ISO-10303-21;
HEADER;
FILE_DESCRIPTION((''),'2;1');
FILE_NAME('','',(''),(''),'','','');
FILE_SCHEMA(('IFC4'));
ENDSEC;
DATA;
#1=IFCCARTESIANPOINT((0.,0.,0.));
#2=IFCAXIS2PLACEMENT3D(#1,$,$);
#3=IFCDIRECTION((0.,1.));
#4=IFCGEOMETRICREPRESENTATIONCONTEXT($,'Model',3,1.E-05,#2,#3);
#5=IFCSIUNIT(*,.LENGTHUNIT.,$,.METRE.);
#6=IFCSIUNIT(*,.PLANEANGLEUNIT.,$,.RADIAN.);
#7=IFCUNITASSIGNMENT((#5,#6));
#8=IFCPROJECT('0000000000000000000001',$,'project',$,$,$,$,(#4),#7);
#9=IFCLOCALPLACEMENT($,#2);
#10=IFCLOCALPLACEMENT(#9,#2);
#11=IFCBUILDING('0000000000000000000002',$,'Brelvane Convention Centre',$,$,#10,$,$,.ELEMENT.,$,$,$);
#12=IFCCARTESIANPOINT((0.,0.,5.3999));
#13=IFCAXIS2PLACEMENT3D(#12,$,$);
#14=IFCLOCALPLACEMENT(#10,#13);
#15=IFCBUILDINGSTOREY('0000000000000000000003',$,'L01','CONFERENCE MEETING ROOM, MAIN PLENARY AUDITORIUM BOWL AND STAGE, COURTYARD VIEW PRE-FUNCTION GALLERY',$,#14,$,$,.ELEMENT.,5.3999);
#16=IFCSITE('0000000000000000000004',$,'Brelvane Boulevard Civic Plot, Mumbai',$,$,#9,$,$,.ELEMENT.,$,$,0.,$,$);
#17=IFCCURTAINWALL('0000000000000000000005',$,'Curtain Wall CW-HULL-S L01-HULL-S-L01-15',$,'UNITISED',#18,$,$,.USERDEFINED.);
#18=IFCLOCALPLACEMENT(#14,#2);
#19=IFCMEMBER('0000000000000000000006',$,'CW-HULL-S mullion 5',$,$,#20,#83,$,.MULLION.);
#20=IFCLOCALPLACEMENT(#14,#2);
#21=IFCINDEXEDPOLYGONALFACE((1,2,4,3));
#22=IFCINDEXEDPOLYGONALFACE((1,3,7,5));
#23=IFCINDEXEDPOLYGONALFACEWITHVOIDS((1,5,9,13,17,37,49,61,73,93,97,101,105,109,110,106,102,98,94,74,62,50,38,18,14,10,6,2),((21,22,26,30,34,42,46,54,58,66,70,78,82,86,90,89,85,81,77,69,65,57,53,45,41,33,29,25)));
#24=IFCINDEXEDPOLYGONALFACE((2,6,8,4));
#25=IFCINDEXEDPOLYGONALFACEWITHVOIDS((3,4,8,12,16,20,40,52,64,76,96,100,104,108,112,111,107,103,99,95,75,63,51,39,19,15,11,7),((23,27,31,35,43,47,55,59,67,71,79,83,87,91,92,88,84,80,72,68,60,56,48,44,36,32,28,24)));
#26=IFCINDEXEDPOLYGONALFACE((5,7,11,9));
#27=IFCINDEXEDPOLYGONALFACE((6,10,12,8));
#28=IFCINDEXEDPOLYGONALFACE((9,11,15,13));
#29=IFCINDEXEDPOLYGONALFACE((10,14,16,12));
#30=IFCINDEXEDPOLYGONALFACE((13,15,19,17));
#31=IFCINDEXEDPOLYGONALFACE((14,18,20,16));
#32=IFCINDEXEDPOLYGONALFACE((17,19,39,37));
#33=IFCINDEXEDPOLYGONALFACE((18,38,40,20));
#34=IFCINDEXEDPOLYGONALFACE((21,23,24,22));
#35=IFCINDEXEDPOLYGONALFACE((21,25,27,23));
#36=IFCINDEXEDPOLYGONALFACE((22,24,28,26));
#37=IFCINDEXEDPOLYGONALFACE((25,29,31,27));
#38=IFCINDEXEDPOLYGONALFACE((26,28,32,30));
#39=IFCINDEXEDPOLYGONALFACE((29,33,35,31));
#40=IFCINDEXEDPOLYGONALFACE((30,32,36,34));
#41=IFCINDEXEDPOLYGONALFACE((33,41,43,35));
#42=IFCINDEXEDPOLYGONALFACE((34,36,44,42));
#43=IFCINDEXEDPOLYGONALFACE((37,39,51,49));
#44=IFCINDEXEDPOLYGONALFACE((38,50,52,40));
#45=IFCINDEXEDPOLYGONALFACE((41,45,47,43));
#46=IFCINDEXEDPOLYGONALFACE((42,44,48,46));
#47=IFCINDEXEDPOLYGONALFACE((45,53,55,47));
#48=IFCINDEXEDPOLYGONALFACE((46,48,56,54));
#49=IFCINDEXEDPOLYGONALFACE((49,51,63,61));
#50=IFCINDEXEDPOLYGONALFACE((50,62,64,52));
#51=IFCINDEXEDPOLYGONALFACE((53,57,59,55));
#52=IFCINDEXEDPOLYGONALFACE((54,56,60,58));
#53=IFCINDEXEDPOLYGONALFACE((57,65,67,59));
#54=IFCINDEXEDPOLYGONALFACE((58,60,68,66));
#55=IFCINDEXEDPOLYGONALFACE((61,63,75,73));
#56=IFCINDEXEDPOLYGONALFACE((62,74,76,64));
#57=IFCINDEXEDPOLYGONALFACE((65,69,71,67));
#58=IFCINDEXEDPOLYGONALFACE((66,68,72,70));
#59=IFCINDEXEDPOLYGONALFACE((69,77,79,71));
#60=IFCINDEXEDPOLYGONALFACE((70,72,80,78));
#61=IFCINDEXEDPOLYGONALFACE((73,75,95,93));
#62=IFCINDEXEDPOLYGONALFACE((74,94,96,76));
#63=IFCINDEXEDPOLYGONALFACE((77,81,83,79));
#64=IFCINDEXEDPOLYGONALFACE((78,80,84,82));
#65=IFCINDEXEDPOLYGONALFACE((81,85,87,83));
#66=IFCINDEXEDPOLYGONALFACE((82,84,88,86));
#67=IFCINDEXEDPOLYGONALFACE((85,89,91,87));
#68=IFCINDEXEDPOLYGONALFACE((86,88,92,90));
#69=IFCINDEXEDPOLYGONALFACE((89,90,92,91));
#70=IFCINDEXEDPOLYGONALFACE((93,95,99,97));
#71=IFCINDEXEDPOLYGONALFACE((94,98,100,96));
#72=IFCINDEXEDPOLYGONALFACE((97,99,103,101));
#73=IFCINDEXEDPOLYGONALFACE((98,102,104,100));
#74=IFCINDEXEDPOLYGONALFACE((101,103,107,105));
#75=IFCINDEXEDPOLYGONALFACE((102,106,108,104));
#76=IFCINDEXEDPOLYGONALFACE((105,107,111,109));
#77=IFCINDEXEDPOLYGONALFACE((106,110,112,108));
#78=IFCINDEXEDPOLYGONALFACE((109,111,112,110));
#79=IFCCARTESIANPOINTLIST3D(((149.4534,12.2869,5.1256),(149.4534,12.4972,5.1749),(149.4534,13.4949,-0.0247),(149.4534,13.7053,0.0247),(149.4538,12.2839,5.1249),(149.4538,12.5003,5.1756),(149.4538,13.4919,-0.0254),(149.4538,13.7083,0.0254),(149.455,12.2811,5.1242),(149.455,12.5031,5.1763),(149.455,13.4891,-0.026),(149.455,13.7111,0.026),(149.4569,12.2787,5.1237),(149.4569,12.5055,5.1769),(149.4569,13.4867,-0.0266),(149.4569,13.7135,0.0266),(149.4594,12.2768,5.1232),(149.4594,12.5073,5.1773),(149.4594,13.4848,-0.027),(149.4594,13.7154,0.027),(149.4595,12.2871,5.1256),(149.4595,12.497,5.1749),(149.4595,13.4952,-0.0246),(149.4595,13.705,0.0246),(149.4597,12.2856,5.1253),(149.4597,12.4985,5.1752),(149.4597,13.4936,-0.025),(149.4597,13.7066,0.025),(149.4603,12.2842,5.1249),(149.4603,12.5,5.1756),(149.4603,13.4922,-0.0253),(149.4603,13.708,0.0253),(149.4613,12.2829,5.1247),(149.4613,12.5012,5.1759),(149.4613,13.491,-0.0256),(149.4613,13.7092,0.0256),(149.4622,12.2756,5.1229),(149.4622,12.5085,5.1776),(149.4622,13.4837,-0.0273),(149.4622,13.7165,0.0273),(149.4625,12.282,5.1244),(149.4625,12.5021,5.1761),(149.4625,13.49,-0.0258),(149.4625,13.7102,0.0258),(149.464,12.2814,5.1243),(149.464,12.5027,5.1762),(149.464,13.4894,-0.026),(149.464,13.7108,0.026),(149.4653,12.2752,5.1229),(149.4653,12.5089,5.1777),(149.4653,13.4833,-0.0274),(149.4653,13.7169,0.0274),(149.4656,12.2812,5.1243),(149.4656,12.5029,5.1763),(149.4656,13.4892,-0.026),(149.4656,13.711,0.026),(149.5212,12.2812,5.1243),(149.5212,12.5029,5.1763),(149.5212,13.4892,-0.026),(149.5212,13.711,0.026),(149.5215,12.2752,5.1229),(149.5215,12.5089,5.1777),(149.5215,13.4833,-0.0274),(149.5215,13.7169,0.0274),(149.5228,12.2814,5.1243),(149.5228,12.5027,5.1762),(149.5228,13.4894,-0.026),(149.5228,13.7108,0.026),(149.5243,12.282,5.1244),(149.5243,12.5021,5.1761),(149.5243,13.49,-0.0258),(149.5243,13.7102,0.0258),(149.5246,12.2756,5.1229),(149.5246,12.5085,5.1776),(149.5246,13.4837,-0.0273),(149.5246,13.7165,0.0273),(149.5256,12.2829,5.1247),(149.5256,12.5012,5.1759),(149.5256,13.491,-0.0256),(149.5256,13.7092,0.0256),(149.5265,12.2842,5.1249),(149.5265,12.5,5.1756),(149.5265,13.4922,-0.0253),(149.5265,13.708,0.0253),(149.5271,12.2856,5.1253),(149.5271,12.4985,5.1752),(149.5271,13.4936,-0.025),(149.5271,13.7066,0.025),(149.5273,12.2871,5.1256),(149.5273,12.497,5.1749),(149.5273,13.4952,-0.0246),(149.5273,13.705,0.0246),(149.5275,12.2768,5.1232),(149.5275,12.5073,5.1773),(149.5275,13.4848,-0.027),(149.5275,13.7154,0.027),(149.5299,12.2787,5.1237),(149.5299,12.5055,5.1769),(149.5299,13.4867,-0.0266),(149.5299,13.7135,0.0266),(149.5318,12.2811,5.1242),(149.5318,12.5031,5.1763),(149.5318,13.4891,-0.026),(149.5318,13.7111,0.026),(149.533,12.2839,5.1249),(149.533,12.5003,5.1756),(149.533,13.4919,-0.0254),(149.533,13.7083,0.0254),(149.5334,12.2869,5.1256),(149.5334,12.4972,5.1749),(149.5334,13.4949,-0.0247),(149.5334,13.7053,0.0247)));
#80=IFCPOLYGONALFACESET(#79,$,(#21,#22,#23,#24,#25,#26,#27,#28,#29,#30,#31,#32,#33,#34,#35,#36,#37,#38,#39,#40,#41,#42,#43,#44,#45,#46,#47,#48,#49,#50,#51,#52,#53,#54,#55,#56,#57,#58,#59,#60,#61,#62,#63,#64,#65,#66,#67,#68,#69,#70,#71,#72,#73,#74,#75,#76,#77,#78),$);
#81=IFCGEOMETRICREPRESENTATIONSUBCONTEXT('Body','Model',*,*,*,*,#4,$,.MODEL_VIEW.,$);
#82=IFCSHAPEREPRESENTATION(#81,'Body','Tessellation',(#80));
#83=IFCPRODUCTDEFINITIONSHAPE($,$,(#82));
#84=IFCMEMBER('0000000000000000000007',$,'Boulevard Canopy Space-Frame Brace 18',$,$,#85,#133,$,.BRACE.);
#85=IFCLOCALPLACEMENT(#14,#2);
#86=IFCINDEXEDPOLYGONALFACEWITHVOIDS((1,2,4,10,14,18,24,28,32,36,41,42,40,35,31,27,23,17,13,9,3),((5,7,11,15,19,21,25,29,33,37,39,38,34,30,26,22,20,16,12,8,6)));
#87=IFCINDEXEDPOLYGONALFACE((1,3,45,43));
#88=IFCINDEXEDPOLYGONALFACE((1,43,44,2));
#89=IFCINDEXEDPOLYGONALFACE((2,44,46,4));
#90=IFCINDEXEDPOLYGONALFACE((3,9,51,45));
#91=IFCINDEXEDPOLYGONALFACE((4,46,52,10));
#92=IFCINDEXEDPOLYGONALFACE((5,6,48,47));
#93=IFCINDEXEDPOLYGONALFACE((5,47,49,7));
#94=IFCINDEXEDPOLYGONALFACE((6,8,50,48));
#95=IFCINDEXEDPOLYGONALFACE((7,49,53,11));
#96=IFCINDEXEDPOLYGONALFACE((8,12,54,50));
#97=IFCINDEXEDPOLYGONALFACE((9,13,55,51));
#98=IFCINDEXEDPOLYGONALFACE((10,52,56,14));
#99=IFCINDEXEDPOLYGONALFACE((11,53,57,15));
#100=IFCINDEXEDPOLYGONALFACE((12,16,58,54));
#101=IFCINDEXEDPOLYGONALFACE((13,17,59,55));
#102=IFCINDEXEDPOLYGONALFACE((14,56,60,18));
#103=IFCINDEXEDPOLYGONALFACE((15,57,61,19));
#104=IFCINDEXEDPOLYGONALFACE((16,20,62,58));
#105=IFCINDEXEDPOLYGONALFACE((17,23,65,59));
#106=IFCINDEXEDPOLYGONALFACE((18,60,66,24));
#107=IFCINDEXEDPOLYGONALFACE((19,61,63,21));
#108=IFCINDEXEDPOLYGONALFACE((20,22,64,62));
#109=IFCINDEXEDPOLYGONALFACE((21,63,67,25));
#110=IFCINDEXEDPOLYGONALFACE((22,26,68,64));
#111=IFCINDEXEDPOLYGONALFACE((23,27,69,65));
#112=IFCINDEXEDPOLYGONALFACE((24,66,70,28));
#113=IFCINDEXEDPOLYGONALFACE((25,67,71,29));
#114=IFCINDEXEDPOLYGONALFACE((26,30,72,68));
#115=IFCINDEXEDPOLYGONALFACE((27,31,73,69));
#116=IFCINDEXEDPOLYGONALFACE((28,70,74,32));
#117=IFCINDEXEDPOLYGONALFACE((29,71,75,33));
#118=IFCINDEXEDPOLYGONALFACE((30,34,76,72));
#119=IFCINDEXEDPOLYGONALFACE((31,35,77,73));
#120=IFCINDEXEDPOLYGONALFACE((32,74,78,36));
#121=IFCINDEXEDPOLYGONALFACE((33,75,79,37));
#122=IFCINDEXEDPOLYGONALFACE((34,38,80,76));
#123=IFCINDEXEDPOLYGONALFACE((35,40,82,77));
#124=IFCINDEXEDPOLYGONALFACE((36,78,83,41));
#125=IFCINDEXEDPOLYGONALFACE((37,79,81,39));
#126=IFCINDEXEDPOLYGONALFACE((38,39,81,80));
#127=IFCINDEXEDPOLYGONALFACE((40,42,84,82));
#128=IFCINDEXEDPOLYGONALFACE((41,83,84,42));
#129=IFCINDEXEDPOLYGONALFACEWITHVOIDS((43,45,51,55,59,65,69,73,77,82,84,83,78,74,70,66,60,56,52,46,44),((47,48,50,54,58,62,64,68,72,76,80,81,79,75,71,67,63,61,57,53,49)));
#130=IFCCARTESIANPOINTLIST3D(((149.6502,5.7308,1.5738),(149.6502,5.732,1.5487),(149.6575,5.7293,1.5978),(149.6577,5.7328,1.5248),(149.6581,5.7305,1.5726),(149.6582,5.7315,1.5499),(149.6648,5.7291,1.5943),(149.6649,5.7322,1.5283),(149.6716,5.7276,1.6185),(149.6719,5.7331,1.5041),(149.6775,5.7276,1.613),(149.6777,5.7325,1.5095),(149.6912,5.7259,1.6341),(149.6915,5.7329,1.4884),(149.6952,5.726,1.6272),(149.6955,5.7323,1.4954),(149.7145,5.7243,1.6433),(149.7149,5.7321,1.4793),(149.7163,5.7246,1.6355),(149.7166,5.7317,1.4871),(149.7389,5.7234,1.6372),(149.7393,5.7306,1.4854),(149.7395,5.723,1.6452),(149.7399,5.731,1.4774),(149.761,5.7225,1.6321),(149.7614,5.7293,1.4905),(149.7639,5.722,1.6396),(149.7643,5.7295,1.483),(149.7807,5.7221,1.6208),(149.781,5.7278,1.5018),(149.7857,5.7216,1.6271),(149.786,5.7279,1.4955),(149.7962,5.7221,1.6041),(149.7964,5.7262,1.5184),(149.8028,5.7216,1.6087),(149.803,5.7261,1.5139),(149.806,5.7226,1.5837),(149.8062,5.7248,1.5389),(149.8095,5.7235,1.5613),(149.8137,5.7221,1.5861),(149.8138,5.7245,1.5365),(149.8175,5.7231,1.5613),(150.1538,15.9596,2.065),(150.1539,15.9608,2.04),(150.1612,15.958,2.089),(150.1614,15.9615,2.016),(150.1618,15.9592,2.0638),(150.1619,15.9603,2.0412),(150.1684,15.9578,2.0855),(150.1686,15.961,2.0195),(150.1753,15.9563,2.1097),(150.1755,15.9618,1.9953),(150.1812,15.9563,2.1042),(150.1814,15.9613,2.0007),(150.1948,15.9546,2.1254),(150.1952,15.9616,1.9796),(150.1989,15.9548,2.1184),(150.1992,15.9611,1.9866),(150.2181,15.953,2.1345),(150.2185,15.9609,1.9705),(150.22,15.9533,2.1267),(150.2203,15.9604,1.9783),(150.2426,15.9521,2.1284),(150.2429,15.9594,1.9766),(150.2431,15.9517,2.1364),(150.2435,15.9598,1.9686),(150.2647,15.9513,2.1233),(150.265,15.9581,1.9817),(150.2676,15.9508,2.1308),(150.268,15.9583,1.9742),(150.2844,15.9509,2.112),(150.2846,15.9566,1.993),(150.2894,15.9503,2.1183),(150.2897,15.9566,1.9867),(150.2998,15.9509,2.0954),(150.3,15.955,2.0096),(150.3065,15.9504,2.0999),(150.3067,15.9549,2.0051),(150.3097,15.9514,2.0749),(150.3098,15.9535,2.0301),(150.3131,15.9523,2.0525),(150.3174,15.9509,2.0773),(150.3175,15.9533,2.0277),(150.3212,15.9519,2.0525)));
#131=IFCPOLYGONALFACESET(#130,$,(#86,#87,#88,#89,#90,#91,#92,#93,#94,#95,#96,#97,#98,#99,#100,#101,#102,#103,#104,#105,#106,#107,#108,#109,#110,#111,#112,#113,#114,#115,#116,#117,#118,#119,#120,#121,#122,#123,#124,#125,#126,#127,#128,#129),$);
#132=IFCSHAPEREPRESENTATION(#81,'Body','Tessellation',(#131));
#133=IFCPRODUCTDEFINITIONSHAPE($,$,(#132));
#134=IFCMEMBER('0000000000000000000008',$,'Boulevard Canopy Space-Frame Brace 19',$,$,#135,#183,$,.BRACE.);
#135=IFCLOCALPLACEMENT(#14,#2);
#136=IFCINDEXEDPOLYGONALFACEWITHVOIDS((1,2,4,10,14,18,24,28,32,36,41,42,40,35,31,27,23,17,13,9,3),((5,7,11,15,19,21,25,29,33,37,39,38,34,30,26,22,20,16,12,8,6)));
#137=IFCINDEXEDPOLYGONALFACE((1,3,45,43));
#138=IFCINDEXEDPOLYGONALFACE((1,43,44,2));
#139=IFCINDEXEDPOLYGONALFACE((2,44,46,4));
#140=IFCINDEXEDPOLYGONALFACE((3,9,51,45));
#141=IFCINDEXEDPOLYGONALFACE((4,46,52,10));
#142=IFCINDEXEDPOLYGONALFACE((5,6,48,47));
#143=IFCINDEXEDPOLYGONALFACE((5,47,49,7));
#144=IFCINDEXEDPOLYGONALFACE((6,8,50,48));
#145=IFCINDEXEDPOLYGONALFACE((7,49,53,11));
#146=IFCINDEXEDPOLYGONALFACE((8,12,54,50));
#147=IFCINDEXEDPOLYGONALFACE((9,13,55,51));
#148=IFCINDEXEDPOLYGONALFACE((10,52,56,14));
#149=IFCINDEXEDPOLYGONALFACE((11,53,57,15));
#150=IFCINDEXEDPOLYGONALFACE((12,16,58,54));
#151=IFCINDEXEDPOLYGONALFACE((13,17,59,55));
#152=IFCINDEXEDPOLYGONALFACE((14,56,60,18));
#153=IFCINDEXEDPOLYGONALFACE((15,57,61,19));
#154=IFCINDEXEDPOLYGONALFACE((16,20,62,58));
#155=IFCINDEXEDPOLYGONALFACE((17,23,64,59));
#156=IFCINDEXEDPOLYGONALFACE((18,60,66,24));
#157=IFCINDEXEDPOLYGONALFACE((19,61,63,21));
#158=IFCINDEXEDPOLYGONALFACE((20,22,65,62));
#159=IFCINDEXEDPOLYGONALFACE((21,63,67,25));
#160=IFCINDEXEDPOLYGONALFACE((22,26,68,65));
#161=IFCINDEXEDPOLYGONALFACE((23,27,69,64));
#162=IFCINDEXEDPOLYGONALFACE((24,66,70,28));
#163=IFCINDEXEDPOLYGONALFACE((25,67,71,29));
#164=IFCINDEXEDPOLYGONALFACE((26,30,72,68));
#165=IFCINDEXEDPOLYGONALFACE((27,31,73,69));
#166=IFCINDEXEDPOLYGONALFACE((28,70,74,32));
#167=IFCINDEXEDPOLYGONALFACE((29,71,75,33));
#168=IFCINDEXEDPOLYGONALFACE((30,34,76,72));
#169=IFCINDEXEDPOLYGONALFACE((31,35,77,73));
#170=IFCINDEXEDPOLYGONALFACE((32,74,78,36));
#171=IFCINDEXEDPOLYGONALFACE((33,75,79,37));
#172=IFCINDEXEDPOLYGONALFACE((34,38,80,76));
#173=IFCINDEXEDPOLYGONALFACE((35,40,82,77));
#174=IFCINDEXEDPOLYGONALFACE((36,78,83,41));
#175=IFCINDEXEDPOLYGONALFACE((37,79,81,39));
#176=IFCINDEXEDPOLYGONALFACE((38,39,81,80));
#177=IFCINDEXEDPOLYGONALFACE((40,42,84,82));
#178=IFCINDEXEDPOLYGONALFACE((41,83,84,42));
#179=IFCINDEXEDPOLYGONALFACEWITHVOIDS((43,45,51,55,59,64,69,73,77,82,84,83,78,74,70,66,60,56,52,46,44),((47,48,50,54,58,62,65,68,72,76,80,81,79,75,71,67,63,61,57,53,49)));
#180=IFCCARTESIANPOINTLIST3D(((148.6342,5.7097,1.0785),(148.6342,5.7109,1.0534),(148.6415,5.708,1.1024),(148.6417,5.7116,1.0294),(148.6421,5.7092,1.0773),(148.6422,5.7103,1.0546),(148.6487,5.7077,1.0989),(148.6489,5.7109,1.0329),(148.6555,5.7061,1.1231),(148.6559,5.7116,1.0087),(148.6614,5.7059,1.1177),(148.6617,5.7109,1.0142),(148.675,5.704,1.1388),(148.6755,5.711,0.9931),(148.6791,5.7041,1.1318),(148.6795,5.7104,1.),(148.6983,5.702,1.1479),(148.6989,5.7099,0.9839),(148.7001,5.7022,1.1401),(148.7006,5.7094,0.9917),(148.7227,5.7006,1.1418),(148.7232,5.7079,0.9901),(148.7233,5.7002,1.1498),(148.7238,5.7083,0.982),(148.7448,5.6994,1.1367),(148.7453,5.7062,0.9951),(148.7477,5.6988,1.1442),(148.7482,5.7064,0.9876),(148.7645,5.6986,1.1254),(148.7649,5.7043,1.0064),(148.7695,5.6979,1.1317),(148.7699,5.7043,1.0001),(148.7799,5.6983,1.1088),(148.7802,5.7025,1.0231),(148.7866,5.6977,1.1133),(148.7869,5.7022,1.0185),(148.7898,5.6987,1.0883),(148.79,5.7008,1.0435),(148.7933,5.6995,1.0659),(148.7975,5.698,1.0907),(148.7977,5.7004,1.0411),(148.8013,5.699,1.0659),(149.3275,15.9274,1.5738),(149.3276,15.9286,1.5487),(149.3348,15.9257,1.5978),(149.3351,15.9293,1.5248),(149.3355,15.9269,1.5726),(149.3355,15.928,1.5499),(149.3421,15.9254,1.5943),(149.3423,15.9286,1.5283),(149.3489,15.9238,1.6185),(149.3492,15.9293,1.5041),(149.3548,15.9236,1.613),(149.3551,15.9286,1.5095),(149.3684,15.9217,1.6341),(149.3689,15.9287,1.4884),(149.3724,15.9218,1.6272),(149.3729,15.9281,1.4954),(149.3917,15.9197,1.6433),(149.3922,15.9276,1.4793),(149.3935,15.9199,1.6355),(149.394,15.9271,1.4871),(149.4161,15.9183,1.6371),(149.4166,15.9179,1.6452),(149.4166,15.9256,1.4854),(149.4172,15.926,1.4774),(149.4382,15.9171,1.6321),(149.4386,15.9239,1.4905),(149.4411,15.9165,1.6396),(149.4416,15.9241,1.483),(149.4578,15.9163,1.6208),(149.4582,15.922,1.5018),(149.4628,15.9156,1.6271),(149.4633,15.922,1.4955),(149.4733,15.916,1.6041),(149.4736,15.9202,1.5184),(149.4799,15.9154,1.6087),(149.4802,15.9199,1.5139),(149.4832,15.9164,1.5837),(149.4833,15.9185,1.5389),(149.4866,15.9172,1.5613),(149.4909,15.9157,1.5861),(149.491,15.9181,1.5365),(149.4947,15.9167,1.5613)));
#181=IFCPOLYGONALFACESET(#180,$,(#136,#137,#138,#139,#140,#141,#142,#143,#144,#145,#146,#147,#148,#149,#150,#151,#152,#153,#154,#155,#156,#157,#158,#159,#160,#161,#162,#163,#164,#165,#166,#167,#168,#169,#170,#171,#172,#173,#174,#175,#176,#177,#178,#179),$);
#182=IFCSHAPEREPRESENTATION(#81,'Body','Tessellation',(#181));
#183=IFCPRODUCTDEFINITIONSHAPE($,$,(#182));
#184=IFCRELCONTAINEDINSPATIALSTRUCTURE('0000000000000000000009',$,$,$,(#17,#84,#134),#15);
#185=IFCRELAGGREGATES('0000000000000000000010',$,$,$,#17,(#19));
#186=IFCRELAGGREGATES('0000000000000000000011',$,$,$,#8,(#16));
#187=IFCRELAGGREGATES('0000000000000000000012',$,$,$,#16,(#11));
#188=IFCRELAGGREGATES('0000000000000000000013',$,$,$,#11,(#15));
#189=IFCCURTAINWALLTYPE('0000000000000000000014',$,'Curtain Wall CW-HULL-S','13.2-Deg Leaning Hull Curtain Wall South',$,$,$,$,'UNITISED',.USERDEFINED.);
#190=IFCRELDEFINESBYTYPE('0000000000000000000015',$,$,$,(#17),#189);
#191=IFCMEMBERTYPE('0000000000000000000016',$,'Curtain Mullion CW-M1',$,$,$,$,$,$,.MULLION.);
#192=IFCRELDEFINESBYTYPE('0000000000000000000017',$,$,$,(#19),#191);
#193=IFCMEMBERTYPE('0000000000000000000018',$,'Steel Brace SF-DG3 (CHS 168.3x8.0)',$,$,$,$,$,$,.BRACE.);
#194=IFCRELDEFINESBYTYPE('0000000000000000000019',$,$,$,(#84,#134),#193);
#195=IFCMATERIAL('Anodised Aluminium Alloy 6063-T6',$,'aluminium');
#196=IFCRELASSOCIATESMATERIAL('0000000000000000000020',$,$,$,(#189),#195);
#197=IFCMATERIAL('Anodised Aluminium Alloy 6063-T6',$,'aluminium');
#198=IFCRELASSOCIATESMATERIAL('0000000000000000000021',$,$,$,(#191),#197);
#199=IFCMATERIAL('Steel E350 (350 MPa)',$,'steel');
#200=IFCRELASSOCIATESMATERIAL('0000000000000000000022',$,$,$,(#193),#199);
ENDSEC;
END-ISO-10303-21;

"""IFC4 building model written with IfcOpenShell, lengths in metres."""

from ifc_helpers import new_model, si_unit, direction, frame, origin, origin_2d, place, context, subcontext, project, spatial, hollow_rectangle, hollow_circle, extrude, material, material_profile, profile_set, type_object, element, aggregate, save


model = new_model("IFC4")

# Units and contexts
model_context = context("Model", 3, precision=1e-05, world=origin(), true_north=direction((0.0, 1.0)))
body_context = subcontext(model_context, "Body", "Model", "MODEL_VIEW")
ifc_project = project(units=[si_unit("LENGTHUNIT", "METRE"), si_unit("PLANEANGLEUNIT", "RADIAN")], contexts=[model_context])

# Site, building, storey
site_placement = place(None, origin())
site = spatial("IfcSite", under=ifc_project, at=site_placement, Name="Brelvane Boulevard Civic Plot, Mumbai", CompositionType="ELEMENT", RefElevation=0.0)
building_placement = place(site_placement, origin())
building = spatial("IfcBuilding", under=site, at=building_placement, Name="Brelvane Convention Centre", CompositionType="ELEMENT")
storey_placement = place(building_placement, frame((0.0, 0.0, 5.3999)))
storey = spatial("IfcBuildingStorey", under=building, at=storey_placement, Name="L01", Description="CONFERENCE MEETING ROOM, MAIN PLENARY AUDITORIUM BOWL AND STAGE, COURTYARD VIEW PRE-FUNCTION GALLERY", CompositionType="ELEMENT", Elevation=5.3999)

# Curtain wall, member
ifc_material_1 = material(Name="Anodised Aluminium Alloy 6063-T6", Category="aluminium")
curtain_wall_type = type_object("IfcCurtainWallType", Name="Curtain Wall CW-HULL-S", Description="13.2-Deg Leaning Hull Curtain Wall South", ElementType="UNITISED", PredefinedType="USERDEFINED", material=ifc_material_1)
curtain_wall_placement = place(storey_placement, origin())
curtain_wall = element("IfcCurtainWall", 1, at=curtain_wall_placement, inside=storey, type_object=curtain_wall_type, Name="Curtain Wall CW-HULL-S L01-HULL-S-L01-15", ObjectType="UNITISED", PredefinedType="USERDEFINED")
ifc_material_2 = material(Name="Anodised Aluminium Alloy 6063-T6", Category="aluminium")
ifc_material_profile_1 = material_profile(ifc_material_2, hollow_rectangle(XDim=0.0801, YDim=0.24, WallThickness=0.0061, InnerFilletRadius=0.0061, OuterFilletRadius=0.012, at=origin_2d()), Name="ALU-M 240x80x6.0")
ifc_profile_set_1 = profile_set([ifc_material_profile_1], Name="Anodised Aluminium Alloy 6063-T6")
member_type_1 = type_object("IfcMemberType", Name="Curtain Mullion CW-M1", PredefinedType="MULLION", material=ifc_profile_set_1)
member_1_placement = place(storey_placement, frame((149.4934, 13.6001, 0.0), z_axis=(0.0, -0.22836, 0.973577), x_axis=(1.0, 0.0, 0.0)))
member_1 = element("IfcMember", 2, at=member_1_placement, type_object=member_type_1, Name="CW-HULL-S mullion 5", PredefinedType="MULLION", context=body_context, shape_type="SweptSolid", body=[
    extrude(hollow_rectangle(XDim=0.0801, YDim=0.24, WallThickness=0.0061, InnerFilletRadius=0.0061, OuterFilletRadius=0.012, at=origin_2d()), origin(), (0.0, 0.0, 1.0), 5.29),
])
aggregate(curtain_wall, [member_1])

# Members
ifc_material_3 = material(Name="Steel E350 (350 MPa)", Category="steel")
ifc_material_profile_2 = material_profile(ifc_material_3, hollow_circle(Radius=0.0842, WallThickness=0.0081, at=origin_2d()), Name="CHS 168.3x8.0")
ifc_profile_set_2 = profile_set([ifc_material_profile_2], Name="Steel E350 (350 MPa)")
member_type_2 = type_object("IfcMemberType", Name="Steel Brace SF-DG3 (CHS 168.3x8.0)", PredefinedType="BRACE", material=ifc_profile_set_2)
member_2_placement = place(storey_placement, frame((150.2371, 15.9561, 2.0525), z_axis=(-0.049124, -0.997643, -0.047909), x_axis=(0.99879, -0.04918, 0.0)))
element("IfcMember", 3, at=member_2_placement, inside=storey, type_object=member_type_2, Name="Boulevard Canopy Space-Frame Brace 18", PredefinedType="BRACE", context=body_context, shape_type="SweptSolid", body=[
    extrude(hollow_circle(Radius=0.0842, WallThickness=0.0081, at=origin_2d()), origin(), (0.0, 0.0, 1.0), 10.2529),
])
member_3_placement = place(storey_placement, frame((149.4106, 15.9224, 1.5613), z_axis=(-0.067623, -0.99654, -0.048313), x_axis=(0.997706, -0.067702, 0.0)))
element("IfcMember", 4, at=member_3_placement, inside=storey, type_object=member_type_2, Name="Boulevard Canopy Space-Frame Brace 19", PredefinedType="BRACE", context=body_context, shape_type="SweptSolid", body=[
    extrude(hollow_circle(Radius=0.0842, WallThickness=0.0081, at=origin_2d()), origin(), (0.0, 0.0, 1.0), 10.2532),
])

save(model, "model.ifc")
